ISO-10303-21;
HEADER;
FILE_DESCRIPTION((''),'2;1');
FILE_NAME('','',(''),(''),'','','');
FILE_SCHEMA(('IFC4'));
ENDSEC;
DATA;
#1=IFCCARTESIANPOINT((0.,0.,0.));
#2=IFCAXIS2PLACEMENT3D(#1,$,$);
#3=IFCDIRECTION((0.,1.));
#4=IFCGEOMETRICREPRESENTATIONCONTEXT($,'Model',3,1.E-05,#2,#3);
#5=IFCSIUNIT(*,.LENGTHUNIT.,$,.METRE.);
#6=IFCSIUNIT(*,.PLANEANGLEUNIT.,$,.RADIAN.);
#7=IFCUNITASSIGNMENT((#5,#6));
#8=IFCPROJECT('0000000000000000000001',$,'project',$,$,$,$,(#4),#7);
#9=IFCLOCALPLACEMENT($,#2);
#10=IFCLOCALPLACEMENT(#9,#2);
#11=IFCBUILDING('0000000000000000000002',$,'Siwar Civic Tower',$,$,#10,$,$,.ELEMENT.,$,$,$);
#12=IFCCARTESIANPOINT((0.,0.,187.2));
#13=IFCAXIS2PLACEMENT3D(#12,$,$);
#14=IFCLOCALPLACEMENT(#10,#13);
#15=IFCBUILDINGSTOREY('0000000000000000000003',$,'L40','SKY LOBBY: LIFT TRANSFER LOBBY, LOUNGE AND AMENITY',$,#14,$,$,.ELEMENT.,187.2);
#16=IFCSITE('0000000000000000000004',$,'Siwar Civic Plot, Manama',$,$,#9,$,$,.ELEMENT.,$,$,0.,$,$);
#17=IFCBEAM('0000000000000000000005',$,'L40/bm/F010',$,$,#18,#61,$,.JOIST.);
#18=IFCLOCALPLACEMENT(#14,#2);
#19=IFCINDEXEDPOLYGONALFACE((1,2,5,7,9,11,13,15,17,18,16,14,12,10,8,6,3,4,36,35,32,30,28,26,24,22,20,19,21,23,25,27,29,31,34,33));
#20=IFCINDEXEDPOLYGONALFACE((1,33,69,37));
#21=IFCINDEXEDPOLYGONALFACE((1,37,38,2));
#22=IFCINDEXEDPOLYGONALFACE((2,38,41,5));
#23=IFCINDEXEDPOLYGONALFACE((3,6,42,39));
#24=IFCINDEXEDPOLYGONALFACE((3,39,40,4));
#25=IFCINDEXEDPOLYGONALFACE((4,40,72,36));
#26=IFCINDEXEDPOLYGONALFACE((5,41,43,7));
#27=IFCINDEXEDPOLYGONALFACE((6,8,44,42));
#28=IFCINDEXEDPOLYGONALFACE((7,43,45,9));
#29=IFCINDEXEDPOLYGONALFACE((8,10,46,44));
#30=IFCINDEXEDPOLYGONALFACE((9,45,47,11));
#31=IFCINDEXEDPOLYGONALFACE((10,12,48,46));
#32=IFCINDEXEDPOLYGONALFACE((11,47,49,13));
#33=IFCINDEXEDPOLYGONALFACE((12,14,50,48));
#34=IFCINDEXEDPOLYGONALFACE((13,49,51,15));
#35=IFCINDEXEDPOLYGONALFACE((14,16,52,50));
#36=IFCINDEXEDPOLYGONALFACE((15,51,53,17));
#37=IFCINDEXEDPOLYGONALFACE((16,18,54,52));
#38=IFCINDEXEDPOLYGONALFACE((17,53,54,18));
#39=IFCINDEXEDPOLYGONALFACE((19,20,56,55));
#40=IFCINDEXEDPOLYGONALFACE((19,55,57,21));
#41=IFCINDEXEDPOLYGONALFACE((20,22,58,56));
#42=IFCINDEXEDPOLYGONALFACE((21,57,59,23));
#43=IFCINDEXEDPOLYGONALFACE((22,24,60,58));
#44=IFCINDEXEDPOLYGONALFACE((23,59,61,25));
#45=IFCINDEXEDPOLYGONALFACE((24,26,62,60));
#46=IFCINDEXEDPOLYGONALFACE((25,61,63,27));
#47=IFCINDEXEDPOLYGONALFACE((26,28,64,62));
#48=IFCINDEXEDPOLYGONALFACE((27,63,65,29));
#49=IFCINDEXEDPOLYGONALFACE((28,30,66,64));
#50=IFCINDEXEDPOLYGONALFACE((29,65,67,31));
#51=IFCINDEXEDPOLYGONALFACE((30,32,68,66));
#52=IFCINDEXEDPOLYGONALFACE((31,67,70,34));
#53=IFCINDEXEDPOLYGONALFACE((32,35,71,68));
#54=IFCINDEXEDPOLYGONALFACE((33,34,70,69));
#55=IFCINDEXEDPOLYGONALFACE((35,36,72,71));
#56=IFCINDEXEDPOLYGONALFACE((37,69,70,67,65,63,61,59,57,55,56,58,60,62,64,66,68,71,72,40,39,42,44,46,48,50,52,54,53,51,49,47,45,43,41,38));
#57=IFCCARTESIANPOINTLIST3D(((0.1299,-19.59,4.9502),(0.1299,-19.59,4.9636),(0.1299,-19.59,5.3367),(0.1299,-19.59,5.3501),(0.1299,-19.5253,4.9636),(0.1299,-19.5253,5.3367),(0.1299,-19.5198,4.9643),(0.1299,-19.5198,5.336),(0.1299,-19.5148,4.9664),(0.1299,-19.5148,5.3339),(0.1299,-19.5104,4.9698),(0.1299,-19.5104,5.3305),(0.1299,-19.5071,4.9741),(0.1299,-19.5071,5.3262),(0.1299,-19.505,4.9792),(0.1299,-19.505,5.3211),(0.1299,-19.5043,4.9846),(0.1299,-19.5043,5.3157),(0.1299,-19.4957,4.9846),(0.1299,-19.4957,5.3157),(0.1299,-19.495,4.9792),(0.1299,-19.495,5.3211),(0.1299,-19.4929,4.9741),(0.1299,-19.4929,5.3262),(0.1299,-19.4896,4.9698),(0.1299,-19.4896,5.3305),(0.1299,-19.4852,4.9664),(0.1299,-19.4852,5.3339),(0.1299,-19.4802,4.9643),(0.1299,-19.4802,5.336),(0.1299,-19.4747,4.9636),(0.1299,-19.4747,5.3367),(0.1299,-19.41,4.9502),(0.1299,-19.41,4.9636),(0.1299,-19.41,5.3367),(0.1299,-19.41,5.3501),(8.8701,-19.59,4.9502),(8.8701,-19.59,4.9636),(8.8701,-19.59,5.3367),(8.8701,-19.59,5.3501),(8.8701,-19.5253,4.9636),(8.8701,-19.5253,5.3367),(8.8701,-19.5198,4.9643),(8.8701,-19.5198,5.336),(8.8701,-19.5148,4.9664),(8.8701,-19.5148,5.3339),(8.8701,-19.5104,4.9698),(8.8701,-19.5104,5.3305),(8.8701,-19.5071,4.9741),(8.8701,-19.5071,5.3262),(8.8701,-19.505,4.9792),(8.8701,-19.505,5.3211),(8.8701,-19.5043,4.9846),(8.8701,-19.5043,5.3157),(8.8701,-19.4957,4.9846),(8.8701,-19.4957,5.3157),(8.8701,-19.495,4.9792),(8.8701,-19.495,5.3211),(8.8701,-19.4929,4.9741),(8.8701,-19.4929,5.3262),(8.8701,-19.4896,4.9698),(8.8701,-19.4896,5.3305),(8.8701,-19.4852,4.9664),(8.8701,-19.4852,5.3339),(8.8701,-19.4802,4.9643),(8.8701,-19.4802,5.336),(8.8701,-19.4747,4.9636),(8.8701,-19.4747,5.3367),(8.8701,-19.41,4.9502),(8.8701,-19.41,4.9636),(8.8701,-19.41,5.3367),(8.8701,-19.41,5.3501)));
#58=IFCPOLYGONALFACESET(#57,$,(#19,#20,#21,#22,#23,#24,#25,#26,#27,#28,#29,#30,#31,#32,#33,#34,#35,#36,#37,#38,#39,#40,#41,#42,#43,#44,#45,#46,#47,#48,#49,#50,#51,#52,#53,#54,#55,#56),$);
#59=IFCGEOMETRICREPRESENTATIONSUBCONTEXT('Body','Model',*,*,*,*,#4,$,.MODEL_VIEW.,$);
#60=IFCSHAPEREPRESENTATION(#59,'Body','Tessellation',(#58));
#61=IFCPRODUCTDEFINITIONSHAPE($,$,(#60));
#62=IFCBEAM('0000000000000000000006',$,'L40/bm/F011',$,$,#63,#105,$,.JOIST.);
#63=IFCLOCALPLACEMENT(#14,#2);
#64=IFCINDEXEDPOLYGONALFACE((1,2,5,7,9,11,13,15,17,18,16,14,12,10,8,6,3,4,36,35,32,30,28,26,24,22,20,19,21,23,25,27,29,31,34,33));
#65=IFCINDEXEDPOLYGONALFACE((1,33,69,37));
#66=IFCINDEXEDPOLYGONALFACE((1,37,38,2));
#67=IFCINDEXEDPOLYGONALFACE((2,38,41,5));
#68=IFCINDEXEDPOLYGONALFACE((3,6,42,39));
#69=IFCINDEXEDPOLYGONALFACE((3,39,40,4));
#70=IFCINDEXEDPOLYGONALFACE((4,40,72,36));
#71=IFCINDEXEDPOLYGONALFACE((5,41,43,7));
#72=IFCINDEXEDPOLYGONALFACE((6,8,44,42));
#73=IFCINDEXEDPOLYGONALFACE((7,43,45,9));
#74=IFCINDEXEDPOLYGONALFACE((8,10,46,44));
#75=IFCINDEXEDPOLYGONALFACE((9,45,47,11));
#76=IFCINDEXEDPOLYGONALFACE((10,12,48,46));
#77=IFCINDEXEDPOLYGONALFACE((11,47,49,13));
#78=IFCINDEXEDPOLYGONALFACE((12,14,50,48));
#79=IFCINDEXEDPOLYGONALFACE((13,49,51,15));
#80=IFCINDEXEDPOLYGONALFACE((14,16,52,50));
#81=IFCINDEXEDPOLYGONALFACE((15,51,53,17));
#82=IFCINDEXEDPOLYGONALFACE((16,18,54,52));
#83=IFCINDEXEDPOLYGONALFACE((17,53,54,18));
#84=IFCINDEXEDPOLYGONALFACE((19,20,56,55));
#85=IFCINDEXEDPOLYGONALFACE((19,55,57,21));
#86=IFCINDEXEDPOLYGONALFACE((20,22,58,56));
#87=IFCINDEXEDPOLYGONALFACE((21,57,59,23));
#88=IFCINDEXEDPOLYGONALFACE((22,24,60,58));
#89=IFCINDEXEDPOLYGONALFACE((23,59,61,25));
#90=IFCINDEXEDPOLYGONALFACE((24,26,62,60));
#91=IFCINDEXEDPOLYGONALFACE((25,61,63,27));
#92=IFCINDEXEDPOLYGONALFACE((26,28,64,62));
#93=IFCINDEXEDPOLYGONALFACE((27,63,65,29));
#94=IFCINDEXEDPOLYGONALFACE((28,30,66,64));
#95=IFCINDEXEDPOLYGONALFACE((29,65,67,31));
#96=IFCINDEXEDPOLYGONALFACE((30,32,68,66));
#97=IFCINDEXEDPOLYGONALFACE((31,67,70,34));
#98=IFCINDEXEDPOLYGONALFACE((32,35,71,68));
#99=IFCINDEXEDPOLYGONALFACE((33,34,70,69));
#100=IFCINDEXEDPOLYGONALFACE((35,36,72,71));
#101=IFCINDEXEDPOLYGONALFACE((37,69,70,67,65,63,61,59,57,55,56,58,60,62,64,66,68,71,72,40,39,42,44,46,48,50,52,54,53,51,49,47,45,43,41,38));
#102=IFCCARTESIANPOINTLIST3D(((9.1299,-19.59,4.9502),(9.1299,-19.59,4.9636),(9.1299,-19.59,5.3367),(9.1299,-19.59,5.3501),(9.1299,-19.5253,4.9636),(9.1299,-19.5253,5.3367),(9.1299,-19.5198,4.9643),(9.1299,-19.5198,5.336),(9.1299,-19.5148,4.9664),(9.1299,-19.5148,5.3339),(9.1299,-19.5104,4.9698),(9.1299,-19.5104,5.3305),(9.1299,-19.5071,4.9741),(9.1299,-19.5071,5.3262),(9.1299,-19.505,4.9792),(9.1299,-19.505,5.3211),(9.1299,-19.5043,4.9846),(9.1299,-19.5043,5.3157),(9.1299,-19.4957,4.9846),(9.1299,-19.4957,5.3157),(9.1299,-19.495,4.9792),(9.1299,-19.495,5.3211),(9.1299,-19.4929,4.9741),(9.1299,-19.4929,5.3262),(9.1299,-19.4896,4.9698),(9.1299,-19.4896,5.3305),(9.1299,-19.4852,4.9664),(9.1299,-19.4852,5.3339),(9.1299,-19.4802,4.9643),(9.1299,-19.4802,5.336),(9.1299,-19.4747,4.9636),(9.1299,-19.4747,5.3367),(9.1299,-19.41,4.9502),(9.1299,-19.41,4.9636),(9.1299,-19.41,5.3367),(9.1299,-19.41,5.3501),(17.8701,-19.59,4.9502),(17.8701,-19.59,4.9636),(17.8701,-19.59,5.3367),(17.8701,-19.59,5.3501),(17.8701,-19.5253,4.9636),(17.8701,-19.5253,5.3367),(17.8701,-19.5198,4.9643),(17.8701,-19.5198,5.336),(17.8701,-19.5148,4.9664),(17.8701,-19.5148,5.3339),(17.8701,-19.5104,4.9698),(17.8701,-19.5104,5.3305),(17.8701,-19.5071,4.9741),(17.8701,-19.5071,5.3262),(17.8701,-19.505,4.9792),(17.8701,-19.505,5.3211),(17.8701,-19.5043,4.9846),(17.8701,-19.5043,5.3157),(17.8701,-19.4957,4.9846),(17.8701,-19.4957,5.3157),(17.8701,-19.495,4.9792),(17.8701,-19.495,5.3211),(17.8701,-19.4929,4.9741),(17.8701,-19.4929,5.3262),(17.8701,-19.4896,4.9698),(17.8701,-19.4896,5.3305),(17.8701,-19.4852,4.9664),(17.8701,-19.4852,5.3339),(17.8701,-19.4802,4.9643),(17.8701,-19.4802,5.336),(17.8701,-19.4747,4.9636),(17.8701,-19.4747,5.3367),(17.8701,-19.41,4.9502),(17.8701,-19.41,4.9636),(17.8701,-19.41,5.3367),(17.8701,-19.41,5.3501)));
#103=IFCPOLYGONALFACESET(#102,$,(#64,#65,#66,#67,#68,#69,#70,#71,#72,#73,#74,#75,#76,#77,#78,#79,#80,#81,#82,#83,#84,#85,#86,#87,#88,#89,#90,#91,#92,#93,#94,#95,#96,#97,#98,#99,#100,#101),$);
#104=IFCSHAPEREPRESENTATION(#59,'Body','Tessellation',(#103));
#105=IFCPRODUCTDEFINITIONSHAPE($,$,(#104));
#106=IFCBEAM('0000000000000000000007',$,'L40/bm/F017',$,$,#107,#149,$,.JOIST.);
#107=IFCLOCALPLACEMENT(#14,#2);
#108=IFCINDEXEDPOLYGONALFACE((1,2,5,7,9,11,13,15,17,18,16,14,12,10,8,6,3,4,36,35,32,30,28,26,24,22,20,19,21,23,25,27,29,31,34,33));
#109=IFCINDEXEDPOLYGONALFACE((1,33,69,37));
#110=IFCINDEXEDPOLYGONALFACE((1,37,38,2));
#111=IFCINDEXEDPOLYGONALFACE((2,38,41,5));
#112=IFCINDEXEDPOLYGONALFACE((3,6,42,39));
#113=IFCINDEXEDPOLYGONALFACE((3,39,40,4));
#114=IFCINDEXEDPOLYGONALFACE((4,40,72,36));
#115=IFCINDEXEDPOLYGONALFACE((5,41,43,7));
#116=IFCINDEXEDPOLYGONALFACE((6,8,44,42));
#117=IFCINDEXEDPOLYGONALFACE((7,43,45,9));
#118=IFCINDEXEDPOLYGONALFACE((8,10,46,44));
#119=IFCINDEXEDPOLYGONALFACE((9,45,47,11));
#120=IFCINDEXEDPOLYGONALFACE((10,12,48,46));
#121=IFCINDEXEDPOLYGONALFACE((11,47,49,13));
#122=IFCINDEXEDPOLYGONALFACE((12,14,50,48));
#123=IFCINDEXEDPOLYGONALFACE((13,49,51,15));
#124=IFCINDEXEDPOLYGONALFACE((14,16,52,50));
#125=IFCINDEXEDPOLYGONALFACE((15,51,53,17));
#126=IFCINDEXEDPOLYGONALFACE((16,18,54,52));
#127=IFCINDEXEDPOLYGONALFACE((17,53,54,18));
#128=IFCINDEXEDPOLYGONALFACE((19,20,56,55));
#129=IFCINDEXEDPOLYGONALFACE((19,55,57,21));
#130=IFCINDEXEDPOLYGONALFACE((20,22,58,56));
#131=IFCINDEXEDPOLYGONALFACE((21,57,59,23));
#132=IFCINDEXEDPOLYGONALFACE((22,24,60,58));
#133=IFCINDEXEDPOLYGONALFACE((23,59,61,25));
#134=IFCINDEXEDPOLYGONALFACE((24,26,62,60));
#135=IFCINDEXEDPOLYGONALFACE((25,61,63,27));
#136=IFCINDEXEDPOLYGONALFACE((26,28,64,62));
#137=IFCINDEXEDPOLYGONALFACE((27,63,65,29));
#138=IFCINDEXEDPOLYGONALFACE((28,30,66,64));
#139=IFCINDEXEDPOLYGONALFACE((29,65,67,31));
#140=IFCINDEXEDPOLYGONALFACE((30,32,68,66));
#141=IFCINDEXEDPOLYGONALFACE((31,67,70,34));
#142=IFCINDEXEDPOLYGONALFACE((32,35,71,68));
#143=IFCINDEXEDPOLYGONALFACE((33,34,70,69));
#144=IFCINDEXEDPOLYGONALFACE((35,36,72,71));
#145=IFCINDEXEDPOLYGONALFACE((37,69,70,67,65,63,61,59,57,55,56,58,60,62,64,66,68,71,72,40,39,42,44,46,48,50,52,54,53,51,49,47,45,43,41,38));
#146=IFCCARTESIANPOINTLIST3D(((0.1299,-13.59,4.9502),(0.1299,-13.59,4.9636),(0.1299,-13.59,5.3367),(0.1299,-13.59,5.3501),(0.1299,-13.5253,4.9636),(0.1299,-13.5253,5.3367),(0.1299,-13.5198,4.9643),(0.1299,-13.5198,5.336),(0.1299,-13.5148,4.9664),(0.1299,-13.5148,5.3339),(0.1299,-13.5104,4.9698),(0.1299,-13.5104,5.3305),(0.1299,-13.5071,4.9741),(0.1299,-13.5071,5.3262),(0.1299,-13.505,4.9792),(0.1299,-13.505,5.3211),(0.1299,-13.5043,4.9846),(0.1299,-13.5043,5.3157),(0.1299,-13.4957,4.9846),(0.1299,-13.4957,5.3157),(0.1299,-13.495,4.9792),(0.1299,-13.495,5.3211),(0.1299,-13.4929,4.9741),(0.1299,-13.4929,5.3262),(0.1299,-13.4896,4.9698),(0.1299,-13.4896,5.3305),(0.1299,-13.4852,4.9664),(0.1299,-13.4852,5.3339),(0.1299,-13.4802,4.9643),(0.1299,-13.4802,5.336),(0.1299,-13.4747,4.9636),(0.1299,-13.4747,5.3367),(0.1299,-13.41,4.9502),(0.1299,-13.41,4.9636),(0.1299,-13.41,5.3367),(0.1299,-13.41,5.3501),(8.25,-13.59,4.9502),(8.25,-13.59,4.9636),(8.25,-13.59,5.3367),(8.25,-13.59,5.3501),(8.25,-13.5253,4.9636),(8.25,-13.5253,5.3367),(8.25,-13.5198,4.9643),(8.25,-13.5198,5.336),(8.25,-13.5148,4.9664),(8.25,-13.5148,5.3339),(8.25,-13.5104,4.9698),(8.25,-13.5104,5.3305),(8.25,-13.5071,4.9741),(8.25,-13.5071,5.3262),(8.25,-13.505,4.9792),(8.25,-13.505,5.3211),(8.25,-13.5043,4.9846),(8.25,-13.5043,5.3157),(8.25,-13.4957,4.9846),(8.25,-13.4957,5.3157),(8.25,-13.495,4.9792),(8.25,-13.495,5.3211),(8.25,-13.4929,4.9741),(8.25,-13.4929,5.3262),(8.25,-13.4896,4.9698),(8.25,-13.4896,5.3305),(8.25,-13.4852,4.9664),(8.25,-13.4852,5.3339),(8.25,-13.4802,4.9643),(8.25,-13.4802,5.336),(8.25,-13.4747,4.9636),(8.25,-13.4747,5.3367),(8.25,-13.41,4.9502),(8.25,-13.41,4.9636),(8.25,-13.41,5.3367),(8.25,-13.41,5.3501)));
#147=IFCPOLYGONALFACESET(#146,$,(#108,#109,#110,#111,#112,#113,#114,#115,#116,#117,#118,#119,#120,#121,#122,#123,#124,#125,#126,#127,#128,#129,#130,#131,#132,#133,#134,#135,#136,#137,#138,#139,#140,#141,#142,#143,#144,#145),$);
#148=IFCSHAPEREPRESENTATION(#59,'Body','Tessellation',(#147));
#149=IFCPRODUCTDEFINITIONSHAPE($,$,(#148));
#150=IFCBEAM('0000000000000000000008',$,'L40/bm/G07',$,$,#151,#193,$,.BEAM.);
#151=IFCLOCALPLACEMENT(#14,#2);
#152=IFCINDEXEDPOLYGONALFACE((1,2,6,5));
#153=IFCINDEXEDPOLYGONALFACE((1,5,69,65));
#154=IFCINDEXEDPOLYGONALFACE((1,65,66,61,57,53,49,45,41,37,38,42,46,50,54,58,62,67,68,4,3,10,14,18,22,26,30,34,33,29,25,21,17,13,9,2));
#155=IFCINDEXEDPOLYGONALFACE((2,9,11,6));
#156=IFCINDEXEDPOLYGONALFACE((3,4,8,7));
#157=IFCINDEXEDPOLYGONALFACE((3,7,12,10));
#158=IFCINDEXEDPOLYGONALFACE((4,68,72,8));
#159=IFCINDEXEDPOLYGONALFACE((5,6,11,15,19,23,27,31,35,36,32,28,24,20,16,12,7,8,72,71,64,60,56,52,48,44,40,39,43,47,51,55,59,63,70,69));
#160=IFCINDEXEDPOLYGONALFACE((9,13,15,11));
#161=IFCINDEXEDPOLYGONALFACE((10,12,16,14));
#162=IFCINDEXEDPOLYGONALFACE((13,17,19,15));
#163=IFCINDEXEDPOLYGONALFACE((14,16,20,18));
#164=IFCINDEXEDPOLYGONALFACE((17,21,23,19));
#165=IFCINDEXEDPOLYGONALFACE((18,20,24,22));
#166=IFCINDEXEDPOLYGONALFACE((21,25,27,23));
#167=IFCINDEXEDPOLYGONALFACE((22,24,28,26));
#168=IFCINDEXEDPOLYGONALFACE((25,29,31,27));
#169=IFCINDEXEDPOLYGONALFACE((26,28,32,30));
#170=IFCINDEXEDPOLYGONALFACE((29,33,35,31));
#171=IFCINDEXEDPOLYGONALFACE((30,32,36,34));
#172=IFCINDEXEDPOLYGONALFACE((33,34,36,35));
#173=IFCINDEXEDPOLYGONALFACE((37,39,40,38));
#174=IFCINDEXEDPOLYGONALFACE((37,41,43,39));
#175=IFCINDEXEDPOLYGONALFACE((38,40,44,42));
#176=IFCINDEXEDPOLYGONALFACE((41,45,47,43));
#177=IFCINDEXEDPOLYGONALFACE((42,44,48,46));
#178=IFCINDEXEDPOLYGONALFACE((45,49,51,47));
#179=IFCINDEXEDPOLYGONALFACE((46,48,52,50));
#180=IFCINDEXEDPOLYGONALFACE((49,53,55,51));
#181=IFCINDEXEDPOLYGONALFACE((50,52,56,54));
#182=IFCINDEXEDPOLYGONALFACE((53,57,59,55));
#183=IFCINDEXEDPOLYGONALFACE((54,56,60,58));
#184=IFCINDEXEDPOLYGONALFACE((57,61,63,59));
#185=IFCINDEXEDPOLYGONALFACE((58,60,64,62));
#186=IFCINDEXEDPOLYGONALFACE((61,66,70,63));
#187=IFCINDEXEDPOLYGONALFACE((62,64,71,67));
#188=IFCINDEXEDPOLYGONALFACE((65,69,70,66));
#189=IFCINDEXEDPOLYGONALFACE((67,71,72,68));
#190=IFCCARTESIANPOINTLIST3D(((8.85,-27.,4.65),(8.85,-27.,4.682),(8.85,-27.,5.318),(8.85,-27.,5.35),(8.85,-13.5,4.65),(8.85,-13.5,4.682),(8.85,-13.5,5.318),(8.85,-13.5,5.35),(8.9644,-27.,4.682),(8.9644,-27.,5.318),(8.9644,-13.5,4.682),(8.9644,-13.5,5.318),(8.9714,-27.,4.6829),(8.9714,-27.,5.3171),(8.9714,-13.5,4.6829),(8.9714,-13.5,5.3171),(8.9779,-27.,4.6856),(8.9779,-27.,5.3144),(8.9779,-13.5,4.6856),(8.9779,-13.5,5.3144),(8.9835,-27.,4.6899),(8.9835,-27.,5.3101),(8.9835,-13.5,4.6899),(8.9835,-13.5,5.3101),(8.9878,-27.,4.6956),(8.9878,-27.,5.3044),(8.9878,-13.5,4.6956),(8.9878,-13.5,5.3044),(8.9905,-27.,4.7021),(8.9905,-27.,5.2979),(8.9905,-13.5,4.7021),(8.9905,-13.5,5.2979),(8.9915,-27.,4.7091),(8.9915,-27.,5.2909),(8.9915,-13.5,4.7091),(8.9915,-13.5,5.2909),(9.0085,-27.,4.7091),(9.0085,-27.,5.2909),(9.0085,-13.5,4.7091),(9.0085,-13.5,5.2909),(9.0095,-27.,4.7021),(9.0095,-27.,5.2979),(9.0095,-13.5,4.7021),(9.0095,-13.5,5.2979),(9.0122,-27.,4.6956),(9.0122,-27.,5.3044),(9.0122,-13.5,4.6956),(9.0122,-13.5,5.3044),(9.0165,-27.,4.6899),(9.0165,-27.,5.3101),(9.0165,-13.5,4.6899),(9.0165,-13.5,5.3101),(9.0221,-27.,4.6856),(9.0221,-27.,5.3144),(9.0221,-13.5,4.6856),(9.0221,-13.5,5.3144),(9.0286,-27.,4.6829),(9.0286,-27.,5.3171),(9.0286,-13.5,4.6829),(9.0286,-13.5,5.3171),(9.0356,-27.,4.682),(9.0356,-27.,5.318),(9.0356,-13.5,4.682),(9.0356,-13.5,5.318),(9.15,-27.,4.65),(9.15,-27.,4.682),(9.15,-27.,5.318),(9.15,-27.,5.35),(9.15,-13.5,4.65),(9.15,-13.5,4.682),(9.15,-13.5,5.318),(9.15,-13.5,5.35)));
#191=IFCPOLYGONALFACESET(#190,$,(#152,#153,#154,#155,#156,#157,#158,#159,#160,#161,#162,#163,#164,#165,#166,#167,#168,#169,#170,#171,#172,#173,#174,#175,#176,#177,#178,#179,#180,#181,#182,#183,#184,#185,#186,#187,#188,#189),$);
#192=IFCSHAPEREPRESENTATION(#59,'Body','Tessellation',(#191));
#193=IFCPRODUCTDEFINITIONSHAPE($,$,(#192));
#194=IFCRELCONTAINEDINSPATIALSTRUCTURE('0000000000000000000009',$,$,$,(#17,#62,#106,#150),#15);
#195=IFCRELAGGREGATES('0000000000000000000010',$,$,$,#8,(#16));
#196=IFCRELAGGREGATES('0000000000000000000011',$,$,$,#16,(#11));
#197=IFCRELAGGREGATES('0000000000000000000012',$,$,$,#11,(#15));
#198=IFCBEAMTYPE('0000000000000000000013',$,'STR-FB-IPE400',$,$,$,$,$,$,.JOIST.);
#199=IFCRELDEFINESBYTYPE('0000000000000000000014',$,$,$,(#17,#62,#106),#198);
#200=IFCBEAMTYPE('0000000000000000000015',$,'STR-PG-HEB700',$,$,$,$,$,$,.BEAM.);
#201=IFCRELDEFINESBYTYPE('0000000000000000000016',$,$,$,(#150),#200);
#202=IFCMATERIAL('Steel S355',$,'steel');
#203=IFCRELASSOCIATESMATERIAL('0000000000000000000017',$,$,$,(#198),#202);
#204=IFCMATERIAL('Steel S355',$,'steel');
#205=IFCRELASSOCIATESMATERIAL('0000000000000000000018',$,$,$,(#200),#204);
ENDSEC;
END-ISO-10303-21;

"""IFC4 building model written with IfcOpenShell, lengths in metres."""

from ifc_helpers import new_model, si_unit, direction, frame, origin, origin_2d, place, context, subcontext, project, spatial, i_section, extrude, material, material_profile, profile_set, type_object, element, save


model = new_model("IFC4")

# Units and contexts
model_context = context("Model", 3, precision=1e-05, world=origin(), true_north=direction((0.0, 1.0)))
body_context = subcontext(model_context, "Body", "Model", "MODEL_VIEW")
ifc_project = project(units=[si_unit("LENGTHUNIT", "METRE"), si_unit("PLANEANGLEUNIT", "RADIAN")], contexts=[model_context])

# Site, building, storey
site_placement = place(None, origin())
site = spatial("IfcSite", under=ifc_project, at=site_placement, Name="Siwar Civic Plot, Manama", CompositionType="ELEMENT", RefElevation=0.0)
building_placement = place(site_placement, origin())
building = spatial("IfcBuilding", under=site, at=building_placement, Name="Siwar Civic Tower", CompositionType="ELEMENT")
storey_placement = place(building_placement, frame((0.0, 0.0, 187.2)))
storey = spatial("IfcBuildingStorey", under=building, at=storey_placement, Name="L40", Description="SKY LOBBY: LIFT TRANSFER LOBBY, LOUNGE AND AMENITY", CompositionType="ELEMENT", Elevation=187.2)

# Beams
ifc_material_1 = material(Name="Steel S355", Category="steel")
ifc_material_profile_1 = material_profile(ifc_material_1, i_section(OverallWidth=0.1799, OverallDepth=0.3999, WebThickness=0.0085, FlangeThickness=0.0134, FilletRadius=0.021, at=origin_2d()), Name="IPE400")
ifc_profile_set_1 = profile_set([ifc_material_profile_1], Name="Steel S355")
beam_type_1 = type_object("IfcBeamType", Name="STR-FB-IPE400", PredefinedType="JOIST", material=ifc_profile_set_1)
for number, where, z_axis, x_axis, name in (
    (1, (0.1299, -19.5, 5.1501), (1.0, 0.0, 0.0), (0.0, 1.0, 0.0), "L40/bm/F010"),
    (2, (9.1299, -19.5, 5.1501), (1.0, 0.0, 0.0), (0.0, 1.0, 0.0), "L40/bm/F011"),
):
    element("IfcBeam", number, at=place(storey_placement, frame(where, z_axis=z_axis, x_axis=x_axis)), inside=storey, type_object=beam_type_1, Name=name, PredefinedType="JOIST", context=body_context, shape_type="SweptSolid", body=[
        extrude(i_section(OverallWidth=0.1799, OverallDepth=0.3999, WebThickness=0.0085, FlangeThickness=0.0134, FilletRadius=0.021, at=origin_2d()), origin(), (0.0, 0.0, 1.0), 8.7402),
    ])
beam_1_placement = place(storey_placement, frame((0.1299, -13.5, 5.1501), z_axis=(1.0, 0.0, 0.0), x_axis=(0.0, 1.0, 0.0)))
element("IfcBeam", 3, at=beam_1_placement, inside=storey, type_object=beam_type_1, Name="L40/bm/F017", PredefinedType="JOIST", context=body_context, shape_type="SweptSolid", body=[
    extrude(i_section(OverallWidth=0.1799, OverallDepth=0.3999, WebThickness=0.0085, FlangeThickness=0.0134, FilletRadius=0.021, at=origin_2d()), origin(), (0.0, 0.0, 1.0), 8.1201),
])
ifc_material_2 = material(Name="Steel S355", Category="steel")
ifc_material_profile_2 = material_profile(ifc_material_2, i_section(OverallWidth=0.3, OverallDepth=0.7, WebThickness=0.0171, FlangeThickness=0.032, FilletRadius=0.0271, at=origin_2d()), Name="HEB700")
ifc_profile_set_2 = profile_set([ifc_material_profile_2], Name="Steel S355")
beam_type_2 = type_object("IfcBeamType", Name="STR-PG-HEB700", PredefinedType="BEAM", material=ifc_profile_set_2)
beam_2_placement = place(storey_placement, frame((9.0, -27.0, 5.0), z_axis=(0.0, 1.0, 0.0), x_axis=(-1.0, 0.0, 0.0)))
element("IfcBeam", 4, at=beam_2_placement, inside=storey, type_object=beam_type_2, Name="L40/bm/G07", PredefinedType="BEAM", context=body_context, shape_type="SweptSolid", body=[
    extrude(i_section(OverallWidth=0.3, OverallDepth=0.7, WebThickness=0.0171, FlangeThickness=0.032, FilletRadius=0.0271, at=origin_2d()), origin(), (0.0, 0.0, 1.0), 13.5),
])

save(model, "model.ifc")
